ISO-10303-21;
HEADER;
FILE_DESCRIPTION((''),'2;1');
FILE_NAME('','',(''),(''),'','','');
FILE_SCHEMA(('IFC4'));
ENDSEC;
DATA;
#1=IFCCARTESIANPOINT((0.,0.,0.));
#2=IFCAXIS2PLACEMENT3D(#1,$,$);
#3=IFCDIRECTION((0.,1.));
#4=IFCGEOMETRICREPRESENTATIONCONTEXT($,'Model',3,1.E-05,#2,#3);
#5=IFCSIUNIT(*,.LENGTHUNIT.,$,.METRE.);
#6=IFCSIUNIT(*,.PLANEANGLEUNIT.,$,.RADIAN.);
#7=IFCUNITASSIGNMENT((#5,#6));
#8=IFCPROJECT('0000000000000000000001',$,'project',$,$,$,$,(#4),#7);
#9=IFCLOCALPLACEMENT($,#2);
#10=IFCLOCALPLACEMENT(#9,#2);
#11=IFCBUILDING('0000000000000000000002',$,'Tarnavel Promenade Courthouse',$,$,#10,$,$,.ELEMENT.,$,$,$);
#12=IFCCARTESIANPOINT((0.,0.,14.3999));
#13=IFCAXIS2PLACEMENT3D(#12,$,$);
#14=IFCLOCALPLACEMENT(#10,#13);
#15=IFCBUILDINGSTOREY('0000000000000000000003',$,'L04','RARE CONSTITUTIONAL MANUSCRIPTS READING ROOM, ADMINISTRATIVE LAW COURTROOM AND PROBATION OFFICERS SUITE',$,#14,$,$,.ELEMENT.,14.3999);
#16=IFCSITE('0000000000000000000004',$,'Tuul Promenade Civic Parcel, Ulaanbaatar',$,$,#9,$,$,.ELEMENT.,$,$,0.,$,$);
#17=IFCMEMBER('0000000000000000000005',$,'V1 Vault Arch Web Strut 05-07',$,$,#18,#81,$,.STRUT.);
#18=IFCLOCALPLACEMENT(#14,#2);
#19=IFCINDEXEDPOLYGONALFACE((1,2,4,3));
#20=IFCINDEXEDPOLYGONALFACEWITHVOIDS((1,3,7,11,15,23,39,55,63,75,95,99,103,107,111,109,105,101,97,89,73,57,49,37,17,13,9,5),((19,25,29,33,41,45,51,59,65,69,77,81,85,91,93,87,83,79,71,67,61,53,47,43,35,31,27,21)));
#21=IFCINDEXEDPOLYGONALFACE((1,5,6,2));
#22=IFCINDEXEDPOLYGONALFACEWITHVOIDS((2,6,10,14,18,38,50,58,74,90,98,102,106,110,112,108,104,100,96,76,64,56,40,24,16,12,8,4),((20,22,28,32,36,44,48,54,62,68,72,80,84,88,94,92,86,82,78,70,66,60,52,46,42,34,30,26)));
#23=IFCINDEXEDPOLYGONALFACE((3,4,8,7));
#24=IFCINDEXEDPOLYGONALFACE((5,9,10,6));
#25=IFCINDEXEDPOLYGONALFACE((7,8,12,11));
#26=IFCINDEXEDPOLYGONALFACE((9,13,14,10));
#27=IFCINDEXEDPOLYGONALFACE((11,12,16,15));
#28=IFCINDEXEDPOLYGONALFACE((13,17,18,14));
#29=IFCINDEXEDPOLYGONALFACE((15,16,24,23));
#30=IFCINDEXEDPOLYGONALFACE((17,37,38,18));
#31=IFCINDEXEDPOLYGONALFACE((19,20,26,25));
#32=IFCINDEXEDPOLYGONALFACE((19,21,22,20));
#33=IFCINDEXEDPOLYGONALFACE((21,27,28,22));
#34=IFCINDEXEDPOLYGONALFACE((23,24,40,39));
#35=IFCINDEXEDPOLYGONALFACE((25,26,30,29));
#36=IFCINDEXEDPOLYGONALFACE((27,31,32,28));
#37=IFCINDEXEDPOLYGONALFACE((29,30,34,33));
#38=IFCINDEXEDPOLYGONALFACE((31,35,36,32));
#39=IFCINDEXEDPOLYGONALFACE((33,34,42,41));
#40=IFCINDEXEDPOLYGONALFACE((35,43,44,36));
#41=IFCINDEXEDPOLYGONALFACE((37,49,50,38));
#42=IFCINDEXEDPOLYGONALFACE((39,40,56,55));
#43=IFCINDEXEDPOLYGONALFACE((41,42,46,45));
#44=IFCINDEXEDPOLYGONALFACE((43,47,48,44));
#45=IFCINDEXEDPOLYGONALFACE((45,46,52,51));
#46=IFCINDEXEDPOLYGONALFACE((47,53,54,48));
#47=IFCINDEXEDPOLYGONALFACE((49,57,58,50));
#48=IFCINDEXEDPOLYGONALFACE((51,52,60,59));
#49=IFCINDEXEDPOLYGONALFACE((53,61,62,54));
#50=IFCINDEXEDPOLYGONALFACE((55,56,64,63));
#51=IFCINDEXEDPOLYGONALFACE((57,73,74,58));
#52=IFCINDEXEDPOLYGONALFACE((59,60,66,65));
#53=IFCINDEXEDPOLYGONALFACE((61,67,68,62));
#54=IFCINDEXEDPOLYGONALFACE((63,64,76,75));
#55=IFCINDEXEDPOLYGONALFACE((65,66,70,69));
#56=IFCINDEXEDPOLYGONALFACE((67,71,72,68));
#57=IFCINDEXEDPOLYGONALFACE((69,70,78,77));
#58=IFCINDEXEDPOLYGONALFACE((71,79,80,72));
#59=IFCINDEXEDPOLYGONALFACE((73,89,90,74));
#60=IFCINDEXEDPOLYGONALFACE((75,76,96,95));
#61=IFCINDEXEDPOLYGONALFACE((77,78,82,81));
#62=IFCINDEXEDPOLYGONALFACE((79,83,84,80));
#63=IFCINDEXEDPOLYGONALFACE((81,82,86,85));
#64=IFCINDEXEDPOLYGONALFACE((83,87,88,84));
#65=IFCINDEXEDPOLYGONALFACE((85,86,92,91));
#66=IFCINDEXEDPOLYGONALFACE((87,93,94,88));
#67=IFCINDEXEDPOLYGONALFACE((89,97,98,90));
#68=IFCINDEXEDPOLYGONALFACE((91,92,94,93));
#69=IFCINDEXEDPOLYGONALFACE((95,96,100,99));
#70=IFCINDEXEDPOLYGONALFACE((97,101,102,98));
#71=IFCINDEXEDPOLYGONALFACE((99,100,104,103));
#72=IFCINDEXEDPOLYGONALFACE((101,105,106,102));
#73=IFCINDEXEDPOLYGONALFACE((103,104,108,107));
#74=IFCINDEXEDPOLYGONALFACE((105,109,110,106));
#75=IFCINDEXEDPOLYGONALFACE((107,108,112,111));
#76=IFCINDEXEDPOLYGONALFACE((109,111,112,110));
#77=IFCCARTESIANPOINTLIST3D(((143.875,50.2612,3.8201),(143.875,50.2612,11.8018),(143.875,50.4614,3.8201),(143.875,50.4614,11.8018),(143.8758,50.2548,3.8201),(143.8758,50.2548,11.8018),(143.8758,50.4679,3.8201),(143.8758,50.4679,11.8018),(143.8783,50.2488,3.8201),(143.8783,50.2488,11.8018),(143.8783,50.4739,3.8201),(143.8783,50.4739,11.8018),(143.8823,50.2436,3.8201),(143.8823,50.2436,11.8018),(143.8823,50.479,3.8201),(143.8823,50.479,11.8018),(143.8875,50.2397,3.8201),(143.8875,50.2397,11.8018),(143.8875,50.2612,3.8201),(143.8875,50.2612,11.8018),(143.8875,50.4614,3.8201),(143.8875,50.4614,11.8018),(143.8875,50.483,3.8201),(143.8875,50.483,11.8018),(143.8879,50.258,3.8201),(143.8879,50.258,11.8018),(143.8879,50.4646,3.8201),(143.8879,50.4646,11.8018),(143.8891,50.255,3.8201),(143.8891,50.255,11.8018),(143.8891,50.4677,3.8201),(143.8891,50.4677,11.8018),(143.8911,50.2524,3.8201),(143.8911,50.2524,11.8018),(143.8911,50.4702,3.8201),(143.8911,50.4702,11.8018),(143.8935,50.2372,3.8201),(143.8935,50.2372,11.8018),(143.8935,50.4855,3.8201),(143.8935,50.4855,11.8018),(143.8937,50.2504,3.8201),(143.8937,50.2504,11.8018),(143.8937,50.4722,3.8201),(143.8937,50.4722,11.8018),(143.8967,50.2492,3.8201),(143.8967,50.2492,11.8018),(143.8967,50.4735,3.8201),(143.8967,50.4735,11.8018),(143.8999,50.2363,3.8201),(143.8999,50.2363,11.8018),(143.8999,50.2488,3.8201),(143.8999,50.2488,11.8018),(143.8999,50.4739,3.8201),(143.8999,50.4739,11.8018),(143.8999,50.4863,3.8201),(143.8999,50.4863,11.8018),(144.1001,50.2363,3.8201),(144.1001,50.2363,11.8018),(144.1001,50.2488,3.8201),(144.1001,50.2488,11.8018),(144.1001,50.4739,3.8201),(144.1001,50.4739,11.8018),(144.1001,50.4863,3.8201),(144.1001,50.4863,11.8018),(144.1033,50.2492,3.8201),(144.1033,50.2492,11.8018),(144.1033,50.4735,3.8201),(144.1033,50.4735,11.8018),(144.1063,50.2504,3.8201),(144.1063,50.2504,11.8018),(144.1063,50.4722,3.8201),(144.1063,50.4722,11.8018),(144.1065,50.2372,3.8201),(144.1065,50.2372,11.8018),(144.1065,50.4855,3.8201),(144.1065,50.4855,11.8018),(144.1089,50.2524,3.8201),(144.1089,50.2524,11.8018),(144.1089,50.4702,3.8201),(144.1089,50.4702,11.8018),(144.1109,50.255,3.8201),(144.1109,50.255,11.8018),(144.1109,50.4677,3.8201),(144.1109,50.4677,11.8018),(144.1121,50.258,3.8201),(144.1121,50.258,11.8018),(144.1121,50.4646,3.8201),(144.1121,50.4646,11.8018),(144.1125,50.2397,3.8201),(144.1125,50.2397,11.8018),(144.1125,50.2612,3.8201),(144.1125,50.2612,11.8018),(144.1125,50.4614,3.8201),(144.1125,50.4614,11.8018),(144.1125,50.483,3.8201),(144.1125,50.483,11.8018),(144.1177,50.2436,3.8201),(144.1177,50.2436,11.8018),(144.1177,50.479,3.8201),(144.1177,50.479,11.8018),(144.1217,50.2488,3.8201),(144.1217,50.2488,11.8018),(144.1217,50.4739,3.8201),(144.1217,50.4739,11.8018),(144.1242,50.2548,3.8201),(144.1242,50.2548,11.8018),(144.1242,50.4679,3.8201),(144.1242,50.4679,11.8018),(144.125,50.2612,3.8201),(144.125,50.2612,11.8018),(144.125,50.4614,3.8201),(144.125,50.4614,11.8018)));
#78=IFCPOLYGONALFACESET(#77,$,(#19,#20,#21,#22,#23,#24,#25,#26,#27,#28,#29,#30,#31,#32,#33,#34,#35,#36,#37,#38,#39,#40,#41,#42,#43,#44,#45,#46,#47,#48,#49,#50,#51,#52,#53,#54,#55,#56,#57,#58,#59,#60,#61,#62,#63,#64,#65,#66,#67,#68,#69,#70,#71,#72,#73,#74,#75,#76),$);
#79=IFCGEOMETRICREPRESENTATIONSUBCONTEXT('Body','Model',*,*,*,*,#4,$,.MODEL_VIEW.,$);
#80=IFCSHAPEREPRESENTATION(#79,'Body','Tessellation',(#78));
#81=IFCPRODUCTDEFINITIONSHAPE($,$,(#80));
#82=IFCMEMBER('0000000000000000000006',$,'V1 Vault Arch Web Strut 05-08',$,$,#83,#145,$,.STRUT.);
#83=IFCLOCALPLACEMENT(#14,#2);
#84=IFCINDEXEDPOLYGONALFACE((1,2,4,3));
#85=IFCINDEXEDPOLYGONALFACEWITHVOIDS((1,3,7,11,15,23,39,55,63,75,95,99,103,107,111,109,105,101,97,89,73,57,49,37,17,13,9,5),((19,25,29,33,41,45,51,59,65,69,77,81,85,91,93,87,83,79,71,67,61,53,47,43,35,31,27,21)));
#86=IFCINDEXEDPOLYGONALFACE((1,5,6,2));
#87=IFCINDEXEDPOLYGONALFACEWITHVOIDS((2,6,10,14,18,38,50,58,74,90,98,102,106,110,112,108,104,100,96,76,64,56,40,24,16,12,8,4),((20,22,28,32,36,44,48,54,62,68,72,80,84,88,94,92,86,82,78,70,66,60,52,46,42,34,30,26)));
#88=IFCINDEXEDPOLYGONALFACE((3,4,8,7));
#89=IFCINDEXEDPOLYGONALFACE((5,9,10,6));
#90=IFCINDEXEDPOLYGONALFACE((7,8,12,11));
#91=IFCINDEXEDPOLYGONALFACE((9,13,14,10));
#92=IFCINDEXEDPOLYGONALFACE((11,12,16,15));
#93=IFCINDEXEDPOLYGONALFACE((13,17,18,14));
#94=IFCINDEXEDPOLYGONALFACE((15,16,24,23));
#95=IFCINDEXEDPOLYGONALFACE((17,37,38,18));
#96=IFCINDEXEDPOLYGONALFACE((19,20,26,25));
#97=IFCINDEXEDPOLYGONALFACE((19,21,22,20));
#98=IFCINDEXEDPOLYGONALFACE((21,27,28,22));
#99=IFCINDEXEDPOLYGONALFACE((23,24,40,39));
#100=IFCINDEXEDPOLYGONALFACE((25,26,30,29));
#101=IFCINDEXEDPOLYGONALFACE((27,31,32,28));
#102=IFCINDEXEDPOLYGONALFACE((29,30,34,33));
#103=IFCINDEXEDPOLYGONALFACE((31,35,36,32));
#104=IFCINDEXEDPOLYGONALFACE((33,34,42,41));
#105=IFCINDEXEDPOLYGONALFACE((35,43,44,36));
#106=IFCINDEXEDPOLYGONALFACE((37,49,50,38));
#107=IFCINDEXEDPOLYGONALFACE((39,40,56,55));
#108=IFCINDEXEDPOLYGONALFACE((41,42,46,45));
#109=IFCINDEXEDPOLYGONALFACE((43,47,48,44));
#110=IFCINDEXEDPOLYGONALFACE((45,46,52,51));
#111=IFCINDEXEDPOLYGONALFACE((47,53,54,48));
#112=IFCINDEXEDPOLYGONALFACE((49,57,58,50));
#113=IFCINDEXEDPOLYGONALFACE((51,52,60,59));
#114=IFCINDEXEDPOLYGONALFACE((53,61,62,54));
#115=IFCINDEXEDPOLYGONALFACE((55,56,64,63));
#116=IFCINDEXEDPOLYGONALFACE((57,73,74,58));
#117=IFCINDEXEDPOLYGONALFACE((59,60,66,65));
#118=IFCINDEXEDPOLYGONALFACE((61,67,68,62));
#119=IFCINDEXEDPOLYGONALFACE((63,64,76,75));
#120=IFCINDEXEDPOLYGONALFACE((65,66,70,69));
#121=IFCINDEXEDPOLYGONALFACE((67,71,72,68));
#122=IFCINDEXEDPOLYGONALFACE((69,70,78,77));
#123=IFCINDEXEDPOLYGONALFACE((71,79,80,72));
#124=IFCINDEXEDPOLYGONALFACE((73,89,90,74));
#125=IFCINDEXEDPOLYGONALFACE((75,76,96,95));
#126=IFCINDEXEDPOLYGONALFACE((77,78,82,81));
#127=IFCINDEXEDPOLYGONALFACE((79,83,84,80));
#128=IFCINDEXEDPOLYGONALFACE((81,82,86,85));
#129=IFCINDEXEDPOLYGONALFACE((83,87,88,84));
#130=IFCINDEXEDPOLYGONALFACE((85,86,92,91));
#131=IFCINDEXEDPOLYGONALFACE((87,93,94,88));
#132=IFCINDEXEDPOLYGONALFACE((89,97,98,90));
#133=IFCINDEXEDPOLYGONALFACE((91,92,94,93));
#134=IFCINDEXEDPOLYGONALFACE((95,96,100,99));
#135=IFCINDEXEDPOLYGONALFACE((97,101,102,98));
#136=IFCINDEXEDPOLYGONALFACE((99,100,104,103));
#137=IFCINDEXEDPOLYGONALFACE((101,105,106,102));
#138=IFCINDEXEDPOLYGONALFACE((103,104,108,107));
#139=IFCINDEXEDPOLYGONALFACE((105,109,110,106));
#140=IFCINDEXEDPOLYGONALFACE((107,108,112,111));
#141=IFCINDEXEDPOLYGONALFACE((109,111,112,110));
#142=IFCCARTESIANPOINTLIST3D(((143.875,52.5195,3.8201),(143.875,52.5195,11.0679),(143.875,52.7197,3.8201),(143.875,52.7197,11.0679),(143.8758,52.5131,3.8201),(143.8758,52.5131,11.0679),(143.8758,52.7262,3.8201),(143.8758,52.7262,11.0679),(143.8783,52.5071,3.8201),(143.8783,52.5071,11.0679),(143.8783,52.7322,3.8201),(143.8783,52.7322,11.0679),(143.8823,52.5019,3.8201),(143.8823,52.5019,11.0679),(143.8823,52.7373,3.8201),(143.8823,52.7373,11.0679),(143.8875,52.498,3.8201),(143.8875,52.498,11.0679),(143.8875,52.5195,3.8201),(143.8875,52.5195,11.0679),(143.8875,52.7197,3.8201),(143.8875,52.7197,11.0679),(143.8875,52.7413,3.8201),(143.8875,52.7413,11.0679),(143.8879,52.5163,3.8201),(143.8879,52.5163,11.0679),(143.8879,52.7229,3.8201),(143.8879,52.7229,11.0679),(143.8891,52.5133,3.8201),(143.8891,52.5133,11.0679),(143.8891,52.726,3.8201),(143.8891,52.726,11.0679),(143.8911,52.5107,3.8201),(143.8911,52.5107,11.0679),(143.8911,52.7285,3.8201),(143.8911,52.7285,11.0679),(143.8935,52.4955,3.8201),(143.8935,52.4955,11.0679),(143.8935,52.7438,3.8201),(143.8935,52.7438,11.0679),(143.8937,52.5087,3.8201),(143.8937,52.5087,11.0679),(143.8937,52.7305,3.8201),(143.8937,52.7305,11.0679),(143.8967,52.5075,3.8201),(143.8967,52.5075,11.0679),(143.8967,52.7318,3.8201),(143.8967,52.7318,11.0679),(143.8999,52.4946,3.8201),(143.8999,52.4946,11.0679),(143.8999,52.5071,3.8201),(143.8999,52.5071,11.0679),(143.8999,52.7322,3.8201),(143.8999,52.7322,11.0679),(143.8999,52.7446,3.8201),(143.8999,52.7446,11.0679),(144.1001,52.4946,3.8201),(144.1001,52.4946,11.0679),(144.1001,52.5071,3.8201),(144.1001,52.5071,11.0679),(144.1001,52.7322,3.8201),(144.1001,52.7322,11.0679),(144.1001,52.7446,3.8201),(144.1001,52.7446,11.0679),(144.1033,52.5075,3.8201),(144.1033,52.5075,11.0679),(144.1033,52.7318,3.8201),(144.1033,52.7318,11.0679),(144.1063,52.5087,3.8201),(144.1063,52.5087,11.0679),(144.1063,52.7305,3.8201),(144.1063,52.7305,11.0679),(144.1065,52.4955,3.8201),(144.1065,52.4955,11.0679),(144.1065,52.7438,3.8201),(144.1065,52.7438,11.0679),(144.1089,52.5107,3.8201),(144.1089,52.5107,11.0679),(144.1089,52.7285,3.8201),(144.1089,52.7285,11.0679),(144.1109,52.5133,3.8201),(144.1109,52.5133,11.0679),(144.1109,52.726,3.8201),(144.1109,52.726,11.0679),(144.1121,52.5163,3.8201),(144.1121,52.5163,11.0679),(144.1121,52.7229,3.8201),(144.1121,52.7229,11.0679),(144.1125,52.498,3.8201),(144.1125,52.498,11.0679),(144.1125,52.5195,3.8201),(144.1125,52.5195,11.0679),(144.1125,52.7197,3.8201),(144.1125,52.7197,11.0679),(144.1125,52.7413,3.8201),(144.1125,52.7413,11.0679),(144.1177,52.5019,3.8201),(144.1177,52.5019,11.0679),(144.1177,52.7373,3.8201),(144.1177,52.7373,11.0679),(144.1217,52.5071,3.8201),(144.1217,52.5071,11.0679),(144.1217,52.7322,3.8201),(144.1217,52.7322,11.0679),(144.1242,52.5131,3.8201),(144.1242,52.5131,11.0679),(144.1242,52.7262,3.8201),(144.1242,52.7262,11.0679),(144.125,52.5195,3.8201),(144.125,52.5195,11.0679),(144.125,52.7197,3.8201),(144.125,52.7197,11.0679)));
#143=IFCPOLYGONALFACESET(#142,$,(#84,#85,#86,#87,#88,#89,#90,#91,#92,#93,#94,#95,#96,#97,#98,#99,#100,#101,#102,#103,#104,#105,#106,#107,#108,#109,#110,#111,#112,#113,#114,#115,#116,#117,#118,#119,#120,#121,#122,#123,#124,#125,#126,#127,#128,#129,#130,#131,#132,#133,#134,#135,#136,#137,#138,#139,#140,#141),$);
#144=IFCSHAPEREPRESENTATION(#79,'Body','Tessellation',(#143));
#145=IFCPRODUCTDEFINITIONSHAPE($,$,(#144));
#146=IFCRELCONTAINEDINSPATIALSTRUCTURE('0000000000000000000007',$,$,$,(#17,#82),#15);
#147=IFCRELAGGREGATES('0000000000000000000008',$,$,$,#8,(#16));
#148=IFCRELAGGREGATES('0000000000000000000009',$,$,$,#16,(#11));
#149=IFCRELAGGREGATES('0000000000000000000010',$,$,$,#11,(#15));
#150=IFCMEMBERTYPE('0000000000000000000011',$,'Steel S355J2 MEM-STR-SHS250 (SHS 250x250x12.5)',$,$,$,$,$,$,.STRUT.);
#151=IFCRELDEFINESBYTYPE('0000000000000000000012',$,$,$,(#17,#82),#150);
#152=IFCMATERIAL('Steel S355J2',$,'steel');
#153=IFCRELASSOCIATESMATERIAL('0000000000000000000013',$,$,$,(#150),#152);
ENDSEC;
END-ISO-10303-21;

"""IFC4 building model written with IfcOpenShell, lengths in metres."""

from ifc_helpers import new_model, si_unit, direction, frame, origin, origin_2d, place, context, subcontext, project, spatial, hollow_rectangle, extrude, material, material_profile, profile_set, type_object, element, save


model = new_model("IFC4")

# Units and contexts
model_context = context("Model", 3, precision=1e-05, world=origin(), true_north=direction((0.0, 1.0)))
body_context = subcontext(model_context, "Body", "Model", "MODEL_VIEW")
ifc_project = project(units=[si_unit("LENGTHUNIT", "METRE"), si_unit("PLANEANGLEUNIT", "RADIAN")], contexts=[model_context])

# Site, building, storey
site_placement = place(None, origin())
site = spatial("IfcSite", under=ifc_project, at=site_placement, Name="Tuul Promenade Civic Parcel, Ulaanbaatar", CompositionType="ELEMENT", RefElevation=0.0)
building_placement = place(site_placement, origin())
building = spatial("IfcBuilding", under=site, at=building_placement, Name="Tarnavel Promenade Courthouse", CompositionType="ELEMENT")
storey_placement = place(building_placement, frame((0.0, 0.0, 14.3999)))
storey = spatial("IfcBuildingStorey", under=building, at=storey_placement, Name="L04", Description="RARE CONSTITUTIONAL MANUSCRIPTS READING ROOM, ADMINISTRATIVE LAW COURTROOM AND PROBATION OFFICERS SUITE", CompositionType="ELEMENT", Elevation=14.3999)

# Shared definitions
ifc_material = material(Name="Steel S355J2", Category="steel")

# Members
ifc_material_profile_1 = material_profile(ifc_material, hollow_rectangle(XDim=0.25, YDim=0.25, WallThickness=0.0125, InnerFilletRadius=0.0125, OuterFilletRadius=0.0249, at=origin_2d()), Name="SHS 250x250x12.5")
ifc_profile_set_1 = profile_set([ifc_material_profile_1], Name="Steel S355J2")
member_type_1 = type_object("IfcMemberType", Name="Steel S355J2 MEM-STR-SHS250 (SHS 250x250x12.5)", PredefinedType="STRUT", material=ifc_profile_set_1)
member_1_placement = place(storey_placement, frame((144.0, 50.3613, 3.8201), z_axis=(0.0, 0.0, 1.0), x_axis=(1.0, 0.0, 0.0)))
element("IfcMember", 1, at=member_1_placement, inside=storey, type_object=member_type_1, Name="V1 Vault Arch Web Strut 05-07", PredefinedType="STRUT", context=body_context, shape_type="SweptSolid", body=[
    extrude(hollow_rectangle(XDim=0.25, YDim=0.25, WallThickness=0.0125, InnerFilletRadius=0.0125, OuterFilletRadius=0.0249, at=origin_2d()), origin(), (0.0, 0.0, 1.0), 7.9817),
])
member_2_placement = place(storey_placement, frame((144.0, 52.6196, 3.8201), z_axis=(0.0, 0.0, 1.0), x_axis=(1.0, 0.0, 0.0)))
element("IfcMember", 2, at=member_2_placement, inside=storey, type_object=member_type_1, Name="V1 Vault Arch Web Strut 05-08", PredefinedType="STRUT", context=body_context, shape_type="SweptSolid", body=[
    extrude(hollow_rectangle(XDim=0.25, YDim=0.25, WallThickness=0.0125, InnerFilletRadius=0.0125, OuterFilletRadius=0.0249, at=origin_2d()), origin(), (0.0, 0.0, 1.0), 7.2478),
])

save(model, "model.ifc")
